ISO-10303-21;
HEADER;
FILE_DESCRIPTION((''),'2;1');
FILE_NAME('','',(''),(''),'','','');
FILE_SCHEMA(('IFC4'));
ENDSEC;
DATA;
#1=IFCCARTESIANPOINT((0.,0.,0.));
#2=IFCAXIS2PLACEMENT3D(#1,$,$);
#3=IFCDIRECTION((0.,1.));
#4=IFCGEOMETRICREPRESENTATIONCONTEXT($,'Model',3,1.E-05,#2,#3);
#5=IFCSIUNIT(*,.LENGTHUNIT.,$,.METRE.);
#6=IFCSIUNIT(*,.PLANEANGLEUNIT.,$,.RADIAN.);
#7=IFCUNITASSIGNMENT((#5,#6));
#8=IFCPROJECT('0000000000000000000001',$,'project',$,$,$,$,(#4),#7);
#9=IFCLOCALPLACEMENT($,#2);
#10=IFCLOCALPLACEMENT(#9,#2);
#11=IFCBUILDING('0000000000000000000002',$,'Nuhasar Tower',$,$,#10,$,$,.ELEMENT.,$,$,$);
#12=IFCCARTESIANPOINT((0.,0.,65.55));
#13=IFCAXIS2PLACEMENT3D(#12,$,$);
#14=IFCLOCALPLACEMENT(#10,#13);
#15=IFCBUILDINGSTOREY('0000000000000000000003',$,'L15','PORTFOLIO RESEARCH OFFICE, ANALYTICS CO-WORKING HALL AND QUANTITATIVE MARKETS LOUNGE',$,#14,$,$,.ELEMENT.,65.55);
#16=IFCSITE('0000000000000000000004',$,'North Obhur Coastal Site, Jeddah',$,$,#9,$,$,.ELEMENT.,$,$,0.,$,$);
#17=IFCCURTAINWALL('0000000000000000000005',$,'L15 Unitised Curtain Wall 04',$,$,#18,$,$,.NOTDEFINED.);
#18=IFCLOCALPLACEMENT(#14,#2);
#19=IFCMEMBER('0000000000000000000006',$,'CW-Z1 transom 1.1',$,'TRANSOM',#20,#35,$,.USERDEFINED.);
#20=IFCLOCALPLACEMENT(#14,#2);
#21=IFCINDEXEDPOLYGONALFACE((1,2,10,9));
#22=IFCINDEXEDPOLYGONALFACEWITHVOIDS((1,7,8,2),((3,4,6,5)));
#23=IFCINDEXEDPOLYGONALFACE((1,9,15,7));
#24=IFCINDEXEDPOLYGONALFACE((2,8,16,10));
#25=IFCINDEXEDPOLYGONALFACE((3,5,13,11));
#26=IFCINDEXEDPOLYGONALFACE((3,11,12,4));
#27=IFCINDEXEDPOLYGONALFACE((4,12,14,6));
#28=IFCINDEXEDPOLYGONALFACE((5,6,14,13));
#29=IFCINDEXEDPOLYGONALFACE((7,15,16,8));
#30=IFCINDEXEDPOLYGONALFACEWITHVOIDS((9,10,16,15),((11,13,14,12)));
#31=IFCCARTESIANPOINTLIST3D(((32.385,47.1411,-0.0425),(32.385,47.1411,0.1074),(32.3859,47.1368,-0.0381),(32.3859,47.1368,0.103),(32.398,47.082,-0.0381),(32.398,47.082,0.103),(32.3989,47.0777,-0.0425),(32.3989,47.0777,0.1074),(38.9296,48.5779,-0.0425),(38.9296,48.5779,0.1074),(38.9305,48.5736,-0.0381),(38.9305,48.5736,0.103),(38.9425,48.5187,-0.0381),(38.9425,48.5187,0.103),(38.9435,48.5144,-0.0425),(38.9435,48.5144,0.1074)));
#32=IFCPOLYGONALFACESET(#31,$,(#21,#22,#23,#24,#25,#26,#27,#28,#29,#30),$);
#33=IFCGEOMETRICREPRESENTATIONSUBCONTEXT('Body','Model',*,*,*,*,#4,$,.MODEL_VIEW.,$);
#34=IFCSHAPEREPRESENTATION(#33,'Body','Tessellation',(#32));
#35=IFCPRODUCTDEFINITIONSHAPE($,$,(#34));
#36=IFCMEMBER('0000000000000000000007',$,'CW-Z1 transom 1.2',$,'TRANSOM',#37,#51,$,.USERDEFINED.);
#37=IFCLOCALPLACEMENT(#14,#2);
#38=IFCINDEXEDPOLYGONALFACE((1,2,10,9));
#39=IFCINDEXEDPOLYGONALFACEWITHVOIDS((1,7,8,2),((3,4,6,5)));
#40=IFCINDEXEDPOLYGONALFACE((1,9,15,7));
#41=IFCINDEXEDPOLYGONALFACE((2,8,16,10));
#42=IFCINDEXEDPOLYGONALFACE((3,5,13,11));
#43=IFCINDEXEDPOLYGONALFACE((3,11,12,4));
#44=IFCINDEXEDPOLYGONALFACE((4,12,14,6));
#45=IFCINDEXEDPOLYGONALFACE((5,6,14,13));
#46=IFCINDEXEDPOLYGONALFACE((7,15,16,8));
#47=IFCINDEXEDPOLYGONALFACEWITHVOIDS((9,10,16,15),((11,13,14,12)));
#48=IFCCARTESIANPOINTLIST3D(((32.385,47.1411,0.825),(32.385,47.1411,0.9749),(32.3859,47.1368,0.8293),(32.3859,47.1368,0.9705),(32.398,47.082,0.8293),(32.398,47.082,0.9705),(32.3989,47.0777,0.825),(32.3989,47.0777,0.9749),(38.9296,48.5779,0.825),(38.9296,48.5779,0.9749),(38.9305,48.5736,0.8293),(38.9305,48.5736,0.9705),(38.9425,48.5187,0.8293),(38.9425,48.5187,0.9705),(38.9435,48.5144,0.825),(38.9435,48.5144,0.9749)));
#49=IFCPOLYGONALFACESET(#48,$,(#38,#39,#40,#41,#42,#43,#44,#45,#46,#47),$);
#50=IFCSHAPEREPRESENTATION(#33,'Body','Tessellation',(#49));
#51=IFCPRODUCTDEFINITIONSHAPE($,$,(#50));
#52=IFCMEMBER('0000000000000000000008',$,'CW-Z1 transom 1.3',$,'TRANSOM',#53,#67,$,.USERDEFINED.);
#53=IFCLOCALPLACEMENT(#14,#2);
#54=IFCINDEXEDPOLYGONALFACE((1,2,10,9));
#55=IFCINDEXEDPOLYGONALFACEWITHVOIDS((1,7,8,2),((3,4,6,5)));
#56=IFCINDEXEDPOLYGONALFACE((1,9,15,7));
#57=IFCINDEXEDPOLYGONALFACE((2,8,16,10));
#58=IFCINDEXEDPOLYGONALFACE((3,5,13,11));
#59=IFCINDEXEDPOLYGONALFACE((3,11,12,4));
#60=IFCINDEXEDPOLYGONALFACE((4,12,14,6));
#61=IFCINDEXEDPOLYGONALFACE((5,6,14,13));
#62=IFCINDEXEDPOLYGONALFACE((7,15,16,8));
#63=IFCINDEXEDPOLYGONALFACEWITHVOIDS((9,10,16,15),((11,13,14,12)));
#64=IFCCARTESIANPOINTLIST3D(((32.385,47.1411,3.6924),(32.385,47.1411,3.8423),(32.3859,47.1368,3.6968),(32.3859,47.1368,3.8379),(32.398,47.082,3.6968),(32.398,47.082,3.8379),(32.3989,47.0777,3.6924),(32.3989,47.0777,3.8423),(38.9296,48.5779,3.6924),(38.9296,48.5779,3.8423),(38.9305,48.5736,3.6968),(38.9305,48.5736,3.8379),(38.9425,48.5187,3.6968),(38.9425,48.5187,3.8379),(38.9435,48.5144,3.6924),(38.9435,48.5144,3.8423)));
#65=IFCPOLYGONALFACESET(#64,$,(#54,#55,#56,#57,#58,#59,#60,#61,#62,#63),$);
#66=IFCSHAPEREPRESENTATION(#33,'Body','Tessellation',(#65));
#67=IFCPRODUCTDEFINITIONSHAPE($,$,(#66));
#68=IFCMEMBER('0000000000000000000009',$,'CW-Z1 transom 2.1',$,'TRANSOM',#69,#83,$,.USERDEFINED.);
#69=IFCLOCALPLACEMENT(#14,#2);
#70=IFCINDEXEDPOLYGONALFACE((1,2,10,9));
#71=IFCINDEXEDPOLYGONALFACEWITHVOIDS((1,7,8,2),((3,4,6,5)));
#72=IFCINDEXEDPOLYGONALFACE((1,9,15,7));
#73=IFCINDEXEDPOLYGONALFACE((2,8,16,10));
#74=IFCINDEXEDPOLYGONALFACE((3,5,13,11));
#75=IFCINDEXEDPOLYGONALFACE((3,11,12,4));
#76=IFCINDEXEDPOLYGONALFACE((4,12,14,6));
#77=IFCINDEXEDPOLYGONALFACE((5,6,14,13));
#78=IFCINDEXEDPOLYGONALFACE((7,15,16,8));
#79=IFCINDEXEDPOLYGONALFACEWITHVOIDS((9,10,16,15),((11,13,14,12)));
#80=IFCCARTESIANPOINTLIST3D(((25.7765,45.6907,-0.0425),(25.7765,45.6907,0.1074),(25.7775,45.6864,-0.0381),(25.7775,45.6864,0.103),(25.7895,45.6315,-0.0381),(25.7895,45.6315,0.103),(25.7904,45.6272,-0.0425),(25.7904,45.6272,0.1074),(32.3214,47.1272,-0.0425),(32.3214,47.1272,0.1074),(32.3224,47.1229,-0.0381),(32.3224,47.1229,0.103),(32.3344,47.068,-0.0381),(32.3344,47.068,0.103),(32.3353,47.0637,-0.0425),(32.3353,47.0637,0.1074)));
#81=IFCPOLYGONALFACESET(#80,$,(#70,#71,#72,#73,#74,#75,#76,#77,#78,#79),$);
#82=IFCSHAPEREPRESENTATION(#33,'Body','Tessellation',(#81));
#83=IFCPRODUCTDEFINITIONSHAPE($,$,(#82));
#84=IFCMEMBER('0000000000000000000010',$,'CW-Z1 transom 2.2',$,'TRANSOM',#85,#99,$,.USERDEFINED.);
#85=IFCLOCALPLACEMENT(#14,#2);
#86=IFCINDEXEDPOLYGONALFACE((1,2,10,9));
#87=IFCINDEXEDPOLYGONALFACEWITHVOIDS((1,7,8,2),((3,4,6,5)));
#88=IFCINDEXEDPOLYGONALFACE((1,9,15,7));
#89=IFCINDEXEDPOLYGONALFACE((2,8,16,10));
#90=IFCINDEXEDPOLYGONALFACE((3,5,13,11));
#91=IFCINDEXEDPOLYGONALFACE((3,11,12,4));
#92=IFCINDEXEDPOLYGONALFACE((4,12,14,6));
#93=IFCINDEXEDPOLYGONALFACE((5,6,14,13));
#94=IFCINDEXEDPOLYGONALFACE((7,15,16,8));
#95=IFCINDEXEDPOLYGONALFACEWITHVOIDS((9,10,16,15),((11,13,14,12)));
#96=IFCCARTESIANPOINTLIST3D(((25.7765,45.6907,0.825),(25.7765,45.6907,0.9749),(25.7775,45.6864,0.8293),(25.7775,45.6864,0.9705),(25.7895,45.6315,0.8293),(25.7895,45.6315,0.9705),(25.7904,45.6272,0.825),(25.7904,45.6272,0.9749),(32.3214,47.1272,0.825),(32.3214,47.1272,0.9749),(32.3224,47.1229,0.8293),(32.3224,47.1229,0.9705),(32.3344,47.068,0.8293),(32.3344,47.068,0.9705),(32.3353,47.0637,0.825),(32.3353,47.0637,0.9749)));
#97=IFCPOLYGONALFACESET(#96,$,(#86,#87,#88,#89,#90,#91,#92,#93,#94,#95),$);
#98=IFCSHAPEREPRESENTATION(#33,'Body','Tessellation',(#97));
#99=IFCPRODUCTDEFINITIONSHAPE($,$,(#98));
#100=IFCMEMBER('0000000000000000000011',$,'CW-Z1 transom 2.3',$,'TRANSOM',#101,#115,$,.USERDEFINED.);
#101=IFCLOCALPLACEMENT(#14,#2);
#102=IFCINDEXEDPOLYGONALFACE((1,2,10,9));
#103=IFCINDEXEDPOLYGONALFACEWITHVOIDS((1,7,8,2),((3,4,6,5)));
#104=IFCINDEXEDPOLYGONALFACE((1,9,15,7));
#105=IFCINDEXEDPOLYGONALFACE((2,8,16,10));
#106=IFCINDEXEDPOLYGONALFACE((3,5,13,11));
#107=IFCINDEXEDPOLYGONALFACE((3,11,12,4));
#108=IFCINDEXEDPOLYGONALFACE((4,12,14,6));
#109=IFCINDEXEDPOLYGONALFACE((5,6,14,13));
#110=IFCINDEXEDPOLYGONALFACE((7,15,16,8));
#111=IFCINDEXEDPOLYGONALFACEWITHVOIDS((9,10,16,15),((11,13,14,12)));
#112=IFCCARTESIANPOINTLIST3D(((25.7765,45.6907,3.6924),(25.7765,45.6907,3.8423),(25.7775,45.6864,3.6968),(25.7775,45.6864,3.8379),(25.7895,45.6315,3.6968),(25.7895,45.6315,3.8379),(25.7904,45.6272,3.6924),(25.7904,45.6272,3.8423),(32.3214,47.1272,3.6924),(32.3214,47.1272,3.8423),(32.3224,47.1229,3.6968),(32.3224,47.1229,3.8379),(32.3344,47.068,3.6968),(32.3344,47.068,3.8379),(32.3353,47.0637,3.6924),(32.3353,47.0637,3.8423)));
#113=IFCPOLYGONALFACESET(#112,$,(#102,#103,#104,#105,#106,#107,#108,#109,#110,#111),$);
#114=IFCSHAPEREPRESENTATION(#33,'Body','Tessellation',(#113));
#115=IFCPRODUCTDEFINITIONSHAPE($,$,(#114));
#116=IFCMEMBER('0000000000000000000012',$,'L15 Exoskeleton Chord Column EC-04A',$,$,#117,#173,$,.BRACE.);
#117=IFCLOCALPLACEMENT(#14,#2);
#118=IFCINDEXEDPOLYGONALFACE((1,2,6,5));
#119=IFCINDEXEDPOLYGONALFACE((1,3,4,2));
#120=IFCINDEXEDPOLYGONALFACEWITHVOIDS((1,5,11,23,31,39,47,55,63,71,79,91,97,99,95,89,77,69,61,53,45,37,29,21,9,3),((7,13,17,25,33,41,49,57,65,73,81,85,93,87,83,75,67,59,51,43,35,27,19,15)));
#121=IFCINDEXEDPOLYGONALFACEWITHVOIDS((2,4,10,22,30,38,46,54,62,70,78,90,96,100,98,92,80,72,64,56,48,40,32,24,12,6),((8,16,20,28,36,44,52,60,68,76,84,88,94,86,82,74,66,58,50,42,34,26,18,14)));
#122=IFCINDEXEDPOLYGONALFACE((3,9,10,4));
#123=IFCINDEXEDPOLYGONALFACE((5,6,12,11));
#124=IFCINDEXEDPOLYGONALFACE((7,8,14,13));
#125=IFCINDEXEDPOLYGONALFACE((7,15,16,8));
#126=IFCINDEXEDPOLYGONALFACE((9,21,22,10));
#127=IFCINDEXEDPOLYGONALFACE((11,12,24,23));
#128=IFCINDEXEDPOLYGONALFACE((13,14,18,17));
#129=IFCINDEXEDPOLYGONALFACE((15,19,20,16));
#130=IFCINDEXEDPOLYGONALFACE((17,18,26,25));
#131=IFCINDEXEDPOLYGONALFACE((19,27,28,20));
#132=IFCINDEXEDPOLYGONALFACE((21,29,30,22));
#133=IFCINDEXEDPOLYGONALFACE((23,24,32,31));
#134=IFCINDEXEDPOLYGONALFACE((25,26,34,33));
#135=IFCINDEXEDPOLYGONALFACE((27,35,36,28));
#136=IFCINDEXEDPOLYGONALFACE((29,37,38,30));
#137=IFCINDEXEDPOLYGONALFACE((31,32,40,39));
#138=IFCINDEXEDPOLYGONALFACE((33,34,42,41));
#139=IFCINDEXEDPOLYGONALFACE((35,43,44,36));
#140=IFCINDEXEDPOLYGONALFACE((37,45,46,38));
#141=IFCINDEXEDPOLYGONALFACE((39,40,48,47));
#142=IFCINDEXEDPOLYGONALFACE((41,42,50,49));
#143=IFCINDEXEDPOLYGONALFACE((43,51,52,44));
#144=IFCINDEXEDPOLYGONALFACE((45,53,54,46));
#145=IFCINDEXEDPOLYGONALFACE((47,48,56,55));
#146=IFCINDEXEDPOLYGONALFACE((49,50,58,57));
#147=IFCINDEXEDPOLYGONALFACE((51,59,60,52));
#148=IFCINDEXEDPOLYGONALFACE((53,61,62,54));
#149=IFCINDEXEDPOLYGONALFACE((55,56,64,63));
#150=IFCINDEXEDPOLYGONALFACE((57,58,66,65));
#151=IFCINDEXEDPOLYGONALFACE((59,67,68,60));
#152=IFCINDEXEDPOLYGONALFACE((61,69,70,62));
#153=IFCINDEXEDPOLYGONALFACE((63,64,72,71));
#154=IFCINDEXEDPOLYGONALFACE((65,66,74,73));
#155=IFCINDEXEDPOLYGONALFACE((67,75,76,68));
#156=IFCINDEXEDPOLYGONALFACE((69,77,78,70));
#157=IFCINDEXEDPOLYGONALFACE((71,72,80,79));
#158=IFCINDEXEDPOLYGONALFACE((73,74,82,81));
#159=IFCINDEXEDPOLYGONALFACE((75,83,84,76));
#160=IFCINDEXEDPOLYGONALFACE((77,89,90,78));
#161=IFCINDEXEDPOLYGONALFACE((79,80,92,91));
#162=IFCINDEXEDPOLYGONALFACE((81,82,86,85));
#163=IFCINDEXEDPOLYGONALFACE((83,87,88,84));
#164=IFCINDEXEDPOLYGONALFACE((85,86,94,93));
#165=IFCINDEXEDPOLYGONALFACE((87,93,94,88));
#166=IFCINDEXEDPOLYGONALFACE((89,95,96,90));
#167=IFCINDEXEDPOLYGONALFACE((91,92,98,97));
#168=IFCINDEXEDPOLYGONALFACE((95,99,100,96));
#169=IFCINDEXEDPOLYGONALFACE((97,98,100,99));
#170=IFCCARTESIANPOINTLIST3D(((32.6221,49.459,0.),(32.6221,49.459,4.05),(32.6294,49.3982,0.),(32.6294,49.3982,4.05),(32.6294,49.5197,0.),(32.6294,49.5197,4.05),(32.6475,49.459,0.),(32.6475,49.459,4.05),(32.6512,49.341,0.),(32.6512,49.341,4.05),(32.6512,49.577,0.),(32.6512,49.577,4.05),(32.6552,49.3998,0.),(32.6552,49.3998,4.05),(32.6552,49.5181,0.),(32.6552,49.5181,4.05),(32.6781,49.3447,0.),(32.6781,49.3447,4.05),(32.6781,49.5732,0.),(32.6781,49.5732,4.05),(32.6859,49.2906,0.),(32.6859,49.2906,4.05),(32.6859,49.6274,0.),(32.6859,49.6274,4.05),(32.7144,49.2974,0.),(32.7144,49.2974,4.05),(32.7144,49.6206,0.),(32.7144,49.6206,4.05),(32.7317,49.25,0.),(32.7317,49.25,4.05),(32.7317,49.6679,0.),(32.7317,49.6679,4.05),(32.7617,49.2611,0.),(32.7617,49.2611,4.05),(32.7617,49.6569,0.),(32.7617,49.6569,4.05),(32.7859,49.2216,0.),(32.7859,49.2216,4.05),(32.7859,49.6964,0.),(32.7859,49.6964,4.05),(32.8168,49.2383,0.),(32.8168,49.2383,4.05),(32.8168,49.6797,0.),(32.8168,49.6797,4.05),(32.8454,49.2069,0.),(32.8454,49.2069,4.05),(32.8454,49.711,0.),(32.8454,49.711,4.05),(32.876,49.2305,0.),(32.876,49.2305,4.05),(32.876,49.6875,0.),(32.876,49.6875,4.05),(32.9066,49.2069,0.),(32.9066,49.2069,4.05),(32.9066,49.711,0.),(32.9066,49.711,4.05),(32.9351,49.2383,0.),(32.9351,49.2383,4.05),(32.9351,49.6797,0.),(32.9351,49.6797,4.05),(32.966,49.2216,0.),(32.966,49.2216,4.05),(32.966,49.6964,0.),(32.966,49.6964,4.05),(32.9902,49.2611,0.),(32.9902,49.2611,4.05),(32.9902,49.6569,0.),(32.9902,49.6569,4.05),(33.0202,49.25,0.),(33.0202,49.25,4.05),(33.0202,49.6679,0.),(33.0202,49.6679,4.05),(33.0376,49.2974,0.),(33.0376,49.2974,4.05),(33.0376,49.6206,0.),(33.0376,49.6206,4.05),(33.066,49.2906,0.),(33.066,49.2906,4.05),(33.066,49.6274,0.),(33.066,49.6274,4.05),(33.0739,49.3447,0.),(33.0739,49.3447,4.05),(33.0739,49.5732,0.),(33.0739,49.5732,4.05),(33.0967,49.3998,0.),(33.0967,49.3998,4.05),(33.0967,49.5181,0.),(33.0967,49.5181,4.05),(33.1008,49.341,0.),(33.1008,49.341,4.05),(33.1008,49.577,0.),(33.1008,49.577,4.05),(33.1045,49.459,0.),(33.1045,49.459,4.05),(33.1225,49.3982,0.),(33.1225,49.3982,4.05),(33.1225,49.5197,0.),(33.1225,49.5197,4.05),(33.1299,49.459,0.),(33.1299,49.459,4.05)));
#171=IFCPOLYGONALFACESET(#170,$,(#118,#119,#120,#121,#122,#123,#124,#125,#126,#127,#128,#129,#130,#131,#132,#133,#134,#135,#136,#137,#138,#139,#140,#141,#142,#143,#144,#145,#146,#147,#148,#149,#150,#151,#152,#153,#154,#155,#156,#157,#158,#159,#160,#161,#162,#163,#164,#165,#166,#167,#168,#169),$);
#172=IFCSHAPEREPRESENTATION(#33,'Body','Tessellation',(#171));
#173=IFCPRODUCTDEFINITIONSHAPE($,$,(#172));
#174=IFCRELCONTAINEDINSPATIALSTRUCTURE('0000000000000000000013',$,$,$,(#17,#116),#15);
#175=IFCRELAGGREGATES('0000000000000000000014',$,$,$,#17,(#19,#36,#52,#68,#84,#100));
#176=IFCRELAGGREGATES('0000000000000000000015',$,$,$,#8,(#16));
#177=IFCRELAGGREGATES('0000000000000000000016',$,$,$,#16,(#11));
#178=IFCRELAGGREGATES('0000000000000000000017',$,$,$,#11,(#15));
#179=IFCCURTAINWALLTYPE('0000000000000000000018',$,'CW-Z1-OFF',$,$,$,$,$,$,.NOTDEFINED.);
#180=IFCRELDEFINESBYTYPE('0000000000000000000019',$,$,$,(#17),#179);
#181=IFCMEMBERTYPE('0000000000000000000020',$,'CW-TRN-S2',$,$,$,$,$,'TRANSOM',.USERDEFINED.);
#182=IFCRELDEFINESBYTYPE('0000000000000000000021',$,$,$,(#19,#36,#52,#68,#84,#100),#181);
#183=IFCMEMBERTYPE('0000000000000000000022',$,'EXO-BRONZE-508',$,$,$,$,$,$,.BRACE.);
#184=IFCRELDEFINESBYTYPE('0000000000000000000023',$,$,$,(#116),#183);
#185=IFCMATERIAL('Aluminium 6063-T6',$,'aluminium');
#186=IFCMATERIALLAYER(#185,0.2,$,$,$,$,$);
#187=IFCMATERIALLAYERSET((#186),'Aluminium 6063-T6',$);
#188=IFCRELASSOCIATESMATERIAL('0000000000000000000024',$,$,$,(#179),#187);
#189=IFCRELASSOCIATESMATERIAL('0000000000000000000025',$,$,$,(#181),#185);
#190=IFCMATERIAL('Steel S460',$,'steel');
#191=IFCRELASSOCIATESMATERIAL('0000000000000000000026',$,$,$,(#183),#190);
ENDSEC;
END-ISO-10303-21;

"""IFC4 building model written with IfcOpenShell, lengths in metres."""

from ifc_helpers import new_model, si_unit, direction, frame, origin, origin_2d, place, context, subcontext, project, spatial, hollow_rectangle, hollow_circle, extrude, material, layer, layer_set, material_profile, profile_set, type_object, element, aggregate, save


model = new_model("IFC4")

# Units and contexts
model_context = context("Model", 3, precision=1e-05, world=origin(), true_north=direction((0.0, 1.0)))
body_context = subcontext(model_context, "Body", "Model", "MODEL_VIEW")
ifc_project = project(units=[si_unit("LENGTHUNIT", "METRE"), si_unit("PLANEANGLEUNIT", "RADIAN")], contexts=[model_context])

# Site, building, storey
site_placement = place(None, origin())
site = spatial("IfcSite", under=ifc_project, at=site_placement, Name="North Obhur Coastal Site, Jeddah", CompositionType="ELEMENT", RefElevation=0.0)
building_placement = place(site_placement, origin())
building = spatial("IfcBuilding", under=site, at=building_placement, Name="Nuhasar Tower", CompositionType="ELEMENT")
storey_placement = place(building_placement, frame((0.0, 0.0, 65.55)))
storey = spatial("IfcBuildingStorey", under=building, at=storey_placement, Name="L15", Description="PORTFOLIO RESEARCH OFFICE, ANALYTICS CO-WORKING HALL AND QUANTITATIVE MARKETS LOUNGE", CompositionType="ELEMENT", Elevation=65.55)

# Curtain wall, members
ifc_material_1 = material(Name="Aluminium 6063-T6", Category="aluminium")
ifc_layer_1 = layer(ifc_material_1, 0.2)
ifc_layer_set_1 = layer_set([ifc_layer_1], Name="Aluminium 6063-T6")
curtain_wall_type = type_object("IfcCurtainWallType", Name="CW-Z1-OFF", PredefinedType="NOTDEFINED", material=ifc_layer_set_1)
curtain_wall_placement = place(storey_placement, origin())
curtain_wall = element("IfcCurtainWall", 1, at=curtain_wall_placement, inside=storey, type_object=curtain_wall_type, Name="L15 Unitised Curtain Wall 04", PredefinedType="NOTDEFINED")
ifc_material_profile_1 = material_profile(ifc_material_1, hollow_rectangle(XDim=0.0649, YDim=0.1499, WallThickness=0.0044, at=origin_2d()), Name="CWT-2")
ifc_profile_set_1 = profile_set([ifc_material_profile_1], Name="Aluminium 6063-T6")
member_type_1 = type_object("IfcMemberType", Name="CW-TRN-S2", ElementType="TRANSOM", PredefinedType="USERDEFINED", material=ifc_profile_set_1)
member_1_placement = place(storey_placement, frame((38.9365, 48.5461, 0.0325), z_axis=(-0.97674, -0.214426, 0.0), x_axis=(0.214426, -0.97674, 0.0)))
member_1 = element("IfcMember", 2, at=member_1_placement, type_object=member_type_1, Name="CW-Z1 transom 1.1", ObjectType="TRANSOM", PredefinedType="USERDEFINED", context=body_context, shape_type="SweptSolid", body=[
    extrude(hollow_rectangle(XDim=0.0649, YDim=0.1499, WallThickness=0.0044, at=origin_2d()), origin(), (0.0, 0.0, 1.0), 6.7004),
])
member_2_placement = place(storey_placement, frame((38.9365, 48.5461, 0.8999), z_axis=(-0.97674, -0.214426, 0.0), x_axis=(0.214426, -0.97674, 0.0)))
member_2 = element("IfcMember", 3, at=member_2_placement, type_object=member_type_1, Name="CW-Z1 transom 1.2", ObjectType="TRANSOM", PredefinedType="USERDEFINED", context=body_context, shape_type="SweptSolid", body=[
    extrude(hollow_rectangle(XDim=0.0649, YDim=0.1499, WallThickness=0.0044, at=origin_2d()), origin(), (0.0, 0.0, 1.0), 6.7004),
])
member_3_placement = place(storey_placement, frame((38.9365, 48.5461, 3.7673), z_axis=(-0.97674, -0.214426, 0.0), x_axis=(0.214426, -0.97674, 0.0)))
member_3 = element("IfcMember", 4, at=member_3_placement, type_object=member_type_1, Name="CW-Z1 transom 1.3", ObjectType="TRANSOM", PredefinedType="USERDEFINED", context=body_context, shape_type="SweptSolid", body=[
    extrude(hollow_rectangle(XDim=0.0649, YDim=0.1499, WallThickness=0.0044, at=origin_2d()), origin(), (0.0, 0.0, 1.0), 6.7004),
])
member_4_placement = place(storey_placement, frame((32.3284, 47.0955, 0.0325), z_axis=(-0.97675, -0.214384, 0.0), x_axis=(0.214384, -0.97675, 0.0)))
member_4 = element("IfcMember", 5, at=member_4_placement, type_object=member_type_1, Name="CW-Z1 transom 2.1", ObjectType="TRANSOM", PredefinedType="USERDEFINED", context=body_context, shape_type="SweptSolid", body=[
    extrude(hollow_rectangle(XDim=0.0649, YDim=0.1499, WallThickness=0.0044, at=origin_2d()), origin(), (0.0, 0.0, 1.0), 6.7007),
])
member_5_placement = place(storey_placement, frame((32.3284, 47.0955, 0.8999), z_axis=(-0.97675, -0.214384, 0.0), x_axis=(0.214384, -0.97675, 0.0)))
member_5 = element("IfcMember", 6, at=member_5_placement, type_object=member_type_1, Name="CW-Z1 transom 2.2", ObjectType="TRANSOM", PredefinedType="USERDEFINED", context=body_context, shape_type="SweptSolid", body=[
    extrude(hollow_rectangle(XDim=0.0649, YDim=0.1499, WallThickness=0.0044, at=origin_2d()), origin(), (0.0, 0.0, 1.0), 6.7007),
])
member_6_placement = place(storey_placement, frame((32.3284, 47.0955, 3.7673), z_axis=(-0.97675, -0.214384, 0.0), x_axis=(0.214384, -0.97675, 0.0)))
member_6 = element("IfcMember", 7, at=member_6_placement, type_object=member_type_1, Name="CW-Z1 transom 2.3", ObjectType="TRANSOM", PredefinedType="USERDEFINED", context=body_context, shape_type="SweptSolid", body=[
    extrude(hollow_rectangle(XDim=0.0649, YDim=0.1499, WallThickness=0.0044, at=origin_2d()), origin(), (0.0, 0.0, 1.0), 6.7007),
])

# Member
ifc_material_2 = material(Name="Steel S460", Category="steel")
ifc_material_profile_2 = material_profile(ifc_material_2, hollow_circle(Radius=0.2539, WallThickness=0.0254, at=origin_2d()), Name="HSS508X25.4")
ifc_profile_set_2 = profile_set([ifc_material_profile_2], Name="Steel S460")
member_type_2 = type_object("IfcMemberType", Name="EXO-BRONZE-508", PredefinedType="BRACE", material=ifc_profile_set_2)
for number, where, z_axis, x_axis, name in (
    (8, (32.876, 49.459, 0.0), (0.0, 0.0, 1.0), (1.0, 0.0, 0.0), "L15 Exoskeleton Chord Column EC-04A"),
):
    element("IfcMember", number, at=place(storey_placement, frame(where, z_axis=z_axis, x_axis=x_axis)), inside=storey, type_object=member_type_2, Name=name, PredefinedType="BRACE", context=body_context, shape_type="SweptSolid", body=[
        extrude(hollow_circle(Radius=0.2539, WallThickness=0.0254, at=origin_2d()), origin(), (0.0, 0.0, 1.0), 4.05),
    ])

aggregate(curtain_wall, [member_1, member_2, member_3, member_4, member_5, member_6])

save(model, "model.ifc")
